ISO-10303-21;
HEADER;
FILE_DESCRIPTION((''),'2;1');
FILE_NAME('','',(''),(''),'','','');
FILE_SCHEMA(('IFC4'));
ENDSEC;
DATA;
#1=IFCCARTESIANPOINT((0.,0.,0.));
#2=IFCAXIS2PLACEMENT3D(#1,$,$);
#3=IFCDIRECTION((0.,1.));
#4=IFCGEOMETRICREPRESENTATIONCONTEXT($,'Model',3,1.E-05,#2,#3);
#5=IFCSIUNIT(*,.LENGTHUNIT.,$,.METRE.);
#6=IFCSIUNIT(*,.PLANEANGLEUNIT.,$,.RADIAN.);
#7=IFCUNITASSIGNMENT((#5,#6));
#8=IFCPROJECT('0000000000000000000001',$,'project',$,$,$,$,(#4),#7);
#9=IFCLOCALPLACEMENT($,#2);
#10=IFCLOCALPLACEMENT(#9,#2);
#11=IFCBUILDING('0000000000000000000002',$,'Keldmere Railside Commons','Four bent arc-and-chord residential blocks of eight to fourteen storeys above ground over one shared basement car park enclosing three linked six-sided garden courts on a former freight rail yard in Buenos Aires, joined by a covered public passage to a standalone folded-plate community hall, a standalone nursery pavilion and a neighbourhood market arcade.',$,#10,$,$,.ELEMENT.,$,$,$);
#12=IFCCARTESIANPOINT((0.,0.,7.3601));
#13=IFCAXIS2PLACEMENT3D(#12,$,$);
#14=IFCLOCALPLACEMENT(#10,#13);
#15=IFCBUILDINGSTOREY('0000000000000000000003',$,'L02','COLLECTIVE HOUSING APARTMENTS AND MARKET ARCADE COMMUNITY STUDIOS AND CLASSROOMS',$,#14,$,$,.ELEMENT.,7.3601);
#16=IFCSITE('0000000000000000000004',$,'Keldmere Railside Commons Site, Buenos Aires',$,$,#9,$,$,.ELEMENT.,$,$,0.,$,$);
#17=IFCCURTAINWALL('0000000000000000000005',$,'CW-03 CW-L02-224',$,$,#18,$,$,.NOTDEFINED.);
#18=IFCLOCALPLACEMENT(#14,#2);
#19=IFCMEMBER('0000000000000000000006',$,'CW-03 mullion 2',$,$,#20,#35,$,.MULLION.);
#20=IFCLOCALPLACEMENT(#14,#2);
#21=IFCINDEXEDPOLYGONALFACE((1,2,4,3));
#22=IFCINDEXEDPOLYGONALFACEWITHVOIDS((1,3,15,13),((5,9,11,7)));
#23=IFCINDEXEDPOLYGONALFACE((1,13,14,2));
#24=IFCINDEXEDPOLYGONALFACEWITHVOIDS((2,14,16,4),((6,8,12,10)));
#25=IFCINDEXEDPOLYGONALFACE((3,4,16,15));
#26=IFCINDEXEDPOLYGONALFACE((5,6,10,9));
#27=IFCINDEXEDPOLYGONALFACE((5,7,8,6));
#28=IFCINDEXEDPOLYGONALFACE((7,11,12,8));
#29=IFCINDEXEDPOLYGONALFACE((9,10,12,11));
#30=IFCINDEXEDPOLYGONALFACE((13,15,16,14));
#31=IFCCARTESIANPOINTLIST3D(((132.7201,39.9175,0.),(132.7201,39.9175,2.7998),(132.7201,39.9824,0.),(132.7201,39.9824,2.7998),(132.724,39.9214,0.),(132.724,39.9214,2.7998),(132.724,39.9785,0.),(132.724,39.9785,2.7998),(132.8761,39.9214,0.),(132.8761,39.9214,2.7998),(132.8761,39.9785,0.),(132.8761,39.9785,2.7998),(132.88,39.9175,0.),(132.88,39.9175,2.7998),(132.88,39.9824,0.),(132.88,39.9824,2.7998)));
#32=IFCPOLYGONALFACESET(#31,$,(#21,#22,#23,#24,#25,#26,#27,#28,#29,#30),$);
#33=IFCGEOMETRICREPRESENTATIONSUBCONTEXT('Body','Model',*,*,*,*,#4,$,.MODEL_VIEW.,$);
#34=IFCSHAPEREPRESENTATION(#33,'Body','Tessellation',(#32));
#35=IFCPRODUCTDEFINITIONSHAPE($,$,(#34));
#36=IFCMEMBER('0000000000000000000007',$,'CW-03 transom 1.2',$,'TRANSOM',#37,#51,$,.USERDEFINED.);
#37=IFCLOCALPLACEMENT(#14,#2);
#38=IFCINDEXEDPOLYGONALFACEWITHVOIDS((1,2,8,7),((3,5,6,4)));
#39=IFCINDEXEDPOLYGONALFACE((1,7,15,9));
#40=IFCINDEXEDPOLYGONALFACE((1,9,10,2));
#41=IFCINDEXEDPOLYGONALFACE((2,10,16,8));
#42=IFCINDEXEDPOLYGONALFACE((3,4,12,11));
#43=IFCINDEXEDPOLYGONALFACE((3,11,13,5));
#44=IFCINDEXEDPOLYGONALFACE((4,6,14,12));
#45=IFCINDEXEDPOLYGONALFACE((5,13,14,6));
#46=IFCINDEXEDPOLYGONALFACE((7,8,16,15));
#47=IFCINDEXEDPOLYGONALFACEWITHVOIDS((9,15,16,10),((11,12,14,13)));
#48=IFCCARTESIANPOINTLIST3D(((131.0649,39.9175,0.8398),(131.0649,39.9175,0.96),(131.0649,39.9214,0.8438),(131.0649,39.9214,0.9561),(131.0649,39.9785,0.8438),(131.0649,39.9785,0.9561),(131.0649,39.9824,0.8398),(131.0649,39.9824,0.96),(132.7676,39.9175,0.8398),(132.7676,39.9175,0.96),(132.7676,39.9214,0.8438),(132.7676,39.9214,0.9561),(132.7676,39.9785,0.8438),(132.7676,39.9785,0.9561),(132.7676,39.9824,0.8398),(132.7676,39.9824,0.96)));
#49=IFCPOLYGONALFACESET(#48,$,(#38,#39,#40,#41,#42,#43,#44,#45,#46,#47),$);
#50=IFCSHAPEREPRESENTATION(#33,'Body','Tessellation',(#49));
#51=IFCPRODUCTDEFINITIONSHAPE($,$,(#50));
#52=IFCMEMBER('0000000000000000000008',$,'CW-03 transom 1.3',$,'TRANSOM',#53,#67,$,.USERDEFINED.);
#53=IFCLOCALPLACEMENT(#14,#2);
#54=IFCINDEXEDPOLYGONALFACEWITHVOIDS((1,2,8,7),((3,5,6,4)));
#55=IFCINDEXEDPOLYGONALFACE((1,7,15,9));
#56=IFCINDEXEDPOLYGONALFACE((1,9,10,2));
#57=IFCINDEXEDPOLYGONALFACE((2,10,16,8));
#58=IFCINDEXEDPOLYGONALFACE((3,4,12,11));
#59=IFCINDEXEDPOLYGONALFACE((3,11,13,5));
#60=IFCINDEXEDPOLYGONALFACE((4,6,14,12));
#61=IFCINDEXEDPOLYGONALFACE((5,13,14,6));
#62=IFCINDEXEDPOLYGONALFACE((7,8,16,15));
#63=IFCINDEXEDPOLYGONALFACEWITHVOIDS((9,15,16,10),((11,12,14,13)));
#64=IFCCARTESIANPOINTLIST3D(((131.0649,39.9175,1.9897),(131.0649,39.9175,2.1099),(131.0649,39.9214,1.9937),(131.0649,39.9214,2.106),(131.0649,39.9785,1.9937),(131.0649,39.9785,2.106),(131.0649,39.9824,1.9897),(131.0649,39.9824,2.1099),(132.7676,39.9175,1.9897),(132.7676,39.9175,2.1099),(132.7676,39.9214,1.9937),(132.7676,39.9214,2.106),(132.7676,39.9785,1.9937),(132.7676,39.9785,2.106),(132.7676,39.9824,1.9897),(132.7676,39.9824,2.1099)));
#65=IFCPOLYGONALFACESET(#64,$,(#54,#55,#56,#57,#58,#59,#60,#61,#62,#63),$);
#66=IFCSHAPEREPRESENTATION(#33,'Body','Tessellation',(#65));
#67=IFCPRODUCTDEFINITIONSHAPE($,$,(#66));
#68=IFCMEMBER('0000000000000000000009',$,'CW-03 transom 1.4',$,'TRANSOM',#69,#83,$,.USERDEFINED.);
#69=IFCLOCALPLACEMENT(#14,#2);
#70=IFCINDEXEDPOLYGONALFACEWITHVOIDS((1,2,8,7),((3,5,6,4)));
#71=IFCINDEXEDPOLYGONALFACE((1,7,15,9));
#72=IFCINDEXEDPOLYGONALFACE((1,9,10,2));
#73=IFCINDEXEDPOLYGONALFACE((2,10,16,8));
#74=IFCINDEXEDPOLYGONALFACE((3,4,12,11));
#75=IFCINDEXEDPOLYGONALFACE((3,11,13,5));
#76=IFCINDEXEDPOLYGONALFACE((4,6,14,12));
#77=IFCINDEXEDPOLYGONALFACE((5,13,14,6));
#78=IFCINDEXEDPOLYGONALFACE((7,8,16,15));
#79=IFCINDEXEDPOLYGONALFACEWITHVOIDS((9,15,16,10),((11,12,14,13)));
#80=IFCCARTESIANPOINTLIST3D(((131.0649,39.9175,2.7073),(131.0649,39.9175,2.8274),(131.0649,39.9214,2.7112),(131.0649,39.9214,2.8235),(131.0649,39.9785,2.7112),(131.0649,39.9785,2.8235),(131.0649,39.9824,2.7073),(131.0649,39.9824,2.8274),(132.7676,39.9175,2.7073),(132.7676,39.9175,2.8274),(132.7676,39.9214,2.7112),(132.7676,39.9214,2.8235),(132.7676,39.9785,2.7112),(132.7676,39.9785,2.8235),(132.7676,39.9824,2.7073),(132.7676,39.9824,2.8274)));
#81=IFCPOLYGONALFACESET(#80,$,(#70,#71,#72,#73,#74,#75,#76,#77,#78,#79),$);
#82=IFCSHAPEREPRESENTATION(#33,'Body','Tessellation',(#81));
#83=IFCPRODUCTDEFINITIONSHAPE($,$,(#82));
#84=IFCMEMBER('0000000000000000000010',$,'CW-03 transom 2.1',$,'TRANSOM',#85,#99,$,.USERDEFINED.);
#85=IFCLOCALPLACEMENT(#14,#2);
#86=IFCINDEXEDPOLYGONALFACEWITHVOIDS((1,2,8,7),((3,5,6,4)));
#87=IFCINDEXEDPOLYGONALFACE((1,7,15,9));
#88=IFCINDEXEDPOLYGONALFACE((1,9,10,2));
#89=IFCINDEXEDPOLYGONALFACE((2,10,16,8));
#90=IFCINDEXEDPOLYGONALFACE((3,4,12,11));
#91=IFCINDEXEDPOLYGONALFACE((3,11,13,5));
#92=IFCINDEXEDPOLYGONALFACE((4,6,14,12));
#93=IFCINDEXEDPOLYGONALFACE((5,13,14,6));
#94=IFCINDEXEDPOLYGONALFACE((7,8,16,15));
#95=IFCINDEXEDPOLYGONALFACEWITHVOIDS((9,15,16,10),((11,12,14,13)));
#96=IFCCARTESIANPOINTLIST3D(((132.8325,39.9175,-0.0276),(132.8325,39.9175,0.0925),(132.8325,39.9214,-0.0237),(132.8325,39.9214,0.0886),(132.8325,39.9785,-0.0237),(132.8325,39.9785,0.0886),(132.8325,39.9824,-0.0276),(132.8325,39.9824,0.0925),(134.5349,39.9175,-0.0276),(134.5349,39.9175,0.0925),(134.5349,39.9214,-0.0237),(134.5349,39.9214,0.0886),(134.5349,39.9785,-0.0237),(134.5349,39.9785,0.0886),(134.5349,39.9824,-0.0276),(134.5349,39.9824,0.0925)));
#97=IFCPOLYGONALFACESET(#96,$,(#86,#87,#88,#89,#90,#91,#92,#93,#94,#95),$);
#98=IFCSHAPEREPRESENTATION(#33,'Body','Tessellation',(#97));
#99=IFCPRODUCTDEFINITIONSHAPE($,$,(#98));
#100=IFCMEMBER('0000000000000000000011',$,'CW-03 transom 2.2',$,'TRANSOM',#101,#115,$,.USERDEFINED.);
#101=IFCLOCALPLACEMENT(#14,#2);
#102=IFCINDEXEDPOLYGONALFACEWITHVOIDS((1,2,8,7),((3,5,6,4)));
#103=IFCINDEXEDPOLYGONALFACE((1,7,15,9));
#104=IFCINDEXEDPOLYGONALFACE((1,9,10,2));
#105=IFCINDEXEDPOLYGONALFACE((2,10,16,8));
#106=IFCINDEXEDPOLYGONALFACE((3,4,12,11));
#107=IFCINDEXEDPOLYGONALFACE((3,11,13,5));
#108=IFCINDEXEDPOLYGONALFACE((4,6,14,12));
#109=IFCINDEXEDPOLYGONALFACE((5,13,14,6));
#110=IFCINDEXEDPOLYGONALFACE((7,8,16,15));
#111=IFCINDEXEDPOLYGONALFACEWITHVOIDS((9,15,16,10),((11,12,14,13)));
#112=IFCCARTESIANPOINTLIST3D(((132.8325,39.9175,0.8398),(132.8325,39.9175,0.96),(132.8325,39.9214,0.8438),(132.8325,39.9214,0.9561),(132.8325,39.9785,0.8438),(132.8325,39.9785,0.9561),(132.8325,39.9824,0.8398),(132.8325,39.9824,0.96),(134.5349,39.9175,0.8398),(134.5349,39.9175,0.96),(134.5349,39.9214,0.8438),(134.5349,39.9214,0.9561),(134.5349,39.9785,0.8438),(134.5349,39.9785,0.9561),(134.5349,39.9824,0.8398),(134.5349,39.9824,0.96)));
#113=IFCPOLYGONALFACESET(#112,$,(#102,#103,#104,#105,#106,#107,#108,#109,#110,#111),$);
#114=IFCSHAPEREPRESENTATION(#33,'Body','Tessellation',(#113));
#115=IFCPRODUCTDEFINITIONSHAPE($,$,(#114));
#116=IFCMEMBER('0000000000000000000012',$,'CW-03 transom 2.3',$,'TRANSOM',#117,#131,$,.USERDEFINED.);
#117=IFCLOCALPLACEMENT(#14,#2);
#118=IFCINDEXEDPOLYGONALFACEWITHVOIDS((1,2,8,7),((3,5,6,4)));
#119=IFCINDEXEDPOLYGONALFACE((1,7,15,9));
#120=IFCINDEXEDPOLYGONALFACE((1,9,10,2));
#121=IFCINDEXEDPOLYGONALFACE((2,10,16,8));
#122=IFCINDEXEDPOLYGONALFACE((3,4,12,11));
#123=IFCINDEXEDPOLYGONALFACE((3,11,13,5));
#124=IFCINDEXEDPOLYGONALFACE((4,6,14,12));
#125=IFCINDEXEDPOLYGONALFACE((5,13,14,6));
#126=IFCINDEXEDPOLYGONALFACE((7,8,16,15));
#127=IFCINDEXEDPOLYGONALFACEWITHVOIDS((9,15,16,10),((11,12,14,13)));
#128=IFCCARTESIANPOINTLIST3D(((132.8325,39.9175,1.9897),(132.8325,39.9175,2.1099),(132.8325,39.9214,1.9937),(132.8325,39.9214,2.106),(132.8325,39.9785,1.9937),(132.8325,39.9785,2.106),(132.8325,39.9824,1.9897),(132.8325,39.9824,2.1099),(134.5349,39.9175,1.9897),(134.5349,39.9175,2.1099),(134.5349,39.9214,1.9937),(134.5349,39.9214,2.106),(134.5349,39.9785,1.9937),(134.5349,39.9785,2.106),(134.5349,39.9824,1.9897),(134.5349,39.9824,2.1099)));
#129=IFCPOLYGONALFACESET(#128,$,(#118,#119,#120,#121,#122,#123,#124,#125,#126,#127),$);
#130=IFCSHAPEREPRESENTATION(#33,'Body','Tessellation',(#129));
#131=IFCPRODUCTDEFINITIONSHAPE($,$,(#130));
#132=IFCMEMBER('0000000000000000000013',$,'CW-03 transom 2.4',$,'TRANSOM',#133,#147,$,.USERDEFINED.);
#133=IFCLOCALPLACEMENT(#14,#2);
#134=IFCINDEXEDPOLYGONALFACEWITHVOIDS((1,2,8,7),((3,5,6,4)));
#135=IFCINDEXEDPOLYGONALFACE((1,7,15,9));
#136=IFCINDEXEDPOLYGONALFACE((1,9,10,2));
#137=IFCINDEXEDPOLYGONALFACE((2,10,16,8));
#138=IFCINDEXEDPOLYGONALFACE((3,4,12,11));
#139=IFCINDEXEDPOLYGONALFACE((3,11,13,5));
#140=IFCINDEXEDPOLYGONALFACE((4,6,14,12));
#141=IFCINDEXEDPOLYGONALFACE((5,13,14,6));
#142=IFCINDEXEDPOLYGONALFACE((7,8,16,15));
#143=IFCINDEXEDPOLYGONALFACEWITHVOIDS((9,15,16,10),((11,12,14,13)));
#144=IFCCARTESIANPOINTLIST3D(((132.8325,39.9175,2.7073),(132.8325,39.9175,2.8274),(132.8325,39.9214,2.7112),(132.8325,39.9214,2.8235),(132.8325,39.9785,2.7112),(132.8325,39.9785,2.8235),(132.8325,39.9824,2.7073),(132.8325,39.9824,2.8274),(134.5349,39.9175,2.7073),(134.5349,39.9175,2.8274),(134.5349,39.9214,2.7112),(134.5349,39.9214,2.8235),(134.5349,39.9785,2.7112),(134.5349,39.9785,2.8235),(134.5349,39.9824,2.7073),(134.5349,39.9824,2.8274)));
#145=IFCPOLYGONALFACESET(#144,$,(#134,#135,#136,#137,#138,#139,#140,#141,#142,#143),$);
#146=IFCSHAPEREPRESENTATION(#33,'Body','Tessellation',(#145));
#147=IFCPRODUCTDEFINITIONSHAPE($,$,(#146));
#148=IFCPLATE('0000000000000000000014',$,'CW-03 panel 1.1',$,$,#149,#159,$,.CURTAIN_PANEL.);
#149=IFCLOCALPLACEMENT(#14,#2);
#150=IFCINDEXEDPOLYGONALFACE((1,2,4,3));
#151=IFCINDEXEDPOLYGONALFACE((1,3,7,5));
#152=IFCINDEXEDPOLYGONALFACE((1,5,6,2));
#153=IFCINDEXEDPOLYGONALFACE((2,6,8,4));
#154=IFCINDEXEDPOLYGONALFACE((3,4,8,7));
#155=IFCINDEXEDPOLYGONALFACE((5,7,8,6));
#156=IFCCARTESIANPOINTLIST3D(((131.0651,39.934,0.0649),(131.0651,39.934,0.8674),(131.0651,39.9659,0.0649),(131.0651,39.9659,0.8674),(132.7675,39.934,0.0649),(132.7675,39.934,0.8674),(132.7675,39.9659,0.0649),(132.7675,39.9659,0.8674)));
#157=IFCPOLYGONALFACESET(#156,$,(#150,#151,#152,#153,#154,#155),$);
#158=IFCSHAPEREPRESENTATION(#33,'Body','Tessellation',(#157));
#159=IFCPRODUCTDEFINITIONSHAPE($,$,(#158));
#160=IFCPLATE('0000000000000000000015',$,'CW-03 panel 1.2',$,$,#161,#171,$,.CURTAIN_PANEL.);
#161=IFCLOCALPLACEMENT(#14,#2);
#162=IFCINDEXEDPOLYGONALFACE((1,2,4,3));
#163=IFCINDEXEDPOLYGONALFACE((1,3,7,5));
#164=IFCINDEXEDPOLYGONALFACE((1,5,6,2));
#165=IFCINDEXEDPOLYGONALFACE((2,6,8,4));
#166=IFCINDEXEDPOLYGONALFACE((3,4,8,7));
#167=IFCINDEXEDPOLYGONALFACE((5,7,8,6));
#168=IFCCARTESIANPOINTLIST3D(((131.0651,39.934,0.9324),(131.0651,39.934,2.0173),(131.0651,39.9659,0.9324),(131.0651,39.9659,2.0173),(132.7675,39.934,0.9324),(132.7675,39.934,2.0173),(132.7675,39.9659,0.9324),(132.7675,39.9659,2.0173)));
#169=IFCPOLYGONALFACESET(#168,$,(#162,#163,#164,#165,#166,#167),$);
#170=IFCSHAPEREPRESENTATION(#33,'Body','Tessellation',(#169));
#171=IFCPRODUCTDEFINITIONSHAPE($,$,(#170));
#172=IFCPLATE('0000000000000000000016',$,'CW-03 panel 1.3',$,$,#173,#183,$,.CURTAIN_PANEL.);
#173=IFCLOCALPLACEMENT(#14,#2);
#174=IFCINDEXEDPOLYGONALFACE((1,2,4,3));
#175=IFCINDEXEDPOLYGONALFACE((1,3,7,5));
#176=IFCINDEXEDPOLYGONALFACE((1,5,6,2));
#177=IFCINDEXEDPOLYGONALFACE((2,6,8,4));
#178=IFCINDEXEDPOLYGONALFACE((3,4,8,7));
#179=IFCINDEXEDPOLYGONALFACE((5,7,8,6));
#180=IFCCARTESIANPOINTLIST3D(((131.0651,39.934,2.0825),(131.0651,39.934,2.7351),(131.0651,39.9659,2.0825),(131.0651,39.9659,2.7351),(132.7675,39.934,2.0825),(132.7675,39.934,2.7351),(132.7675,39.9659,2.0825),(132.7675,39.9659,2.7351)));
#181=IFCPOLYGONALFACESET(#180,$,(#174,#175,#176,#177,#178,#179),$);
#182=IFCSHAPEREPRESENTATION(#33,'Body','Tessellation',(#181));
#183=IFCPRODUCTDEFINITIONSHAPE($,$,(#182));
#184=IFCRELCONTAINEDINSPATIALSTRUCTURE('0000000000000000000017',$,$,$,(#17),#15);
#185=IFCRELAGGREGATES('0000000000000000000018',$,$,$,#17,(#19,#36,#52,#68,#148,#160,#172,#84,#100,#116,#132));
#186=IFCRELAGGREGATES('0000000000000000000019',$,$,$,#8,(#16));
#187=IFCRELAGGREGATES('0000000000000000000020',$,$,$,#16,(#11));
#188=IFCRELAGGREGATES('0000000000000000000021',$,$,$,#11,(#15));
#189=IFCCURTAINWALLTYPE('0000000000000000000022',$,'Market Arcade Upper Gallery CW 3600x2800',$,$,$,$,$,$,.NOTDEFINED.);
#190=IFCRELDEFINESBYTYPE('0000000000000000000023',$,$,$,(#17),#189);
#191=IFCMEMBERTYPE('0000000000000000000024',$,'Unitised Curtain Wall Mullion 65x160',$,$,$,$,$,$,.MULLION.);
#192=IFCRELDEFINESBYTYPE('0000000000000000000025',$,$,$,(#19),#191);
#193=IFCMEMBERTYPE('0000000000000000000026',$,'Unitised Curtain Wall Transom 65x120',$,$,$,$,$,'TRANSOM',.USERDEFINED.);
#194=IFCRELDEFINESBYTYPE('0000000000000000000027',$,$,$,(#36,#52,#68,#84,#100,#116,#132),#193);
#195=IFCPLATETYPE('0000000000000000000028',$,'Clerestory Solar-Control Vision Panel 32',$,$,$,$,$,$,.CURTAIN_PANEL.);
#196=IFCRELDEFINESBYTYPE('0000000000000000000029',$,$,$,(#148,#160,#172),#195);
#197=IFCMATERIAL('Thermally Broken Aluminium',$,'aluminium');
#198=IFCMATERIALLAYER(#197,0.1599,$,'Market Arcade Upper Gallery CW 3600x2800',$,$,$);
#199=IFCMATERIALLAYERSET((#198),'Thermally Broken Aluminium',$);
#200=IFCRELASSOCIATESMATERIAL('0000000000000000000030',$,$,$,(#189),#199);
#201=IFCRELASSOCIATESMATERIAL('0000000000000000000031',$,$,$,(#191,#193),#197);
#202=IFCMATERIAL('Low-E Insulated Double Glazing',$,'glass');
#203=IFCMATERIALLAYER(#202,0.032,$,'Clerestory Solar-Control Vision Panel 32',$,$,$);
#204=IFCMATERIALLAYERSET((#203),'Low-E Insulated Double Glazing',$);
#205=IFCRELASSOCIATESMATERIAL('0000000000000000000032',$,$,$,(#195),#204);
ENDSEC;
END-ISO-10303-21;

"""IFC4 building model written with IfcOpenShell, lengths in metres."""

from ifc_helpers import new_model, si_unit, direction, frame, origin, origin_2d, place, context, subcontext, project, spatial, rectangle, hollow_rectangle, extrude, material, layer, layer_set, material_profile, profile_set, type_object, element, aggregate, save


model = new_model("IFC4")

# Units and contexts
model_context = context("Model", 3, precision=1e-05, world=origin(), true_north=direction((0.0, 1.0)))
body_context = subcontext(model_context, "Body", "Model", "MODEL_VIEW")
ifc_project = project(units=[si_unit("LENGTHUNIT", "METRE"), si_unit("PLANEANGLEUNIT", "RADIAN")], contexts=[model_context])

# Site, building, storey
site_placement = place(None, origin())
site = spatial("IfcSite", under=ifc_project, at=site_placement, Name="Keldmere Railside Commons Site, Buenos Aires", CompositionType="ELEMENT", RefElevation=0.0)
building_placement = place(site_placement, origin())
building = spatial("IfcBuilding", under=site, at=building_placement, Name="Keldmere Railside Commons", Description="Four bent arc-and-chord residential blocks of eight to fourteen storeys above ground over one shared basement car park enclosing three linked six-sided garden courts on a former freight rail yard in Buenos Aires, joined by a covered public passage to a standalone folded-plate community hall, a standalone nursery pavilion and a neighbourhood market arcade.", CompositionType="ELEMENT")
storey_placement = place(building_placement, frame((0.0, 0.0, 7.3601)))
storey = spatial("IfcBuildingStorey", under=building, at=storey_placement, Name="L02", Description="COLLECTIVE HOUSING APARTMENTS AND MARKET ARCADE COMMUNITY STUDIOS AND CLASSROOMS", CompositionType="ELEMENT", Elevation=7.3601)

# Curtain wall, members, plates
ifc_material_1 = material(Name="Thermally Broken Aluminium", Category="aluminium")
ifc_layer_1 = layer(ifc_material_1, 0.1599, Name="Market Arcade Upper Gallery CW 3600x2800")
ifc_layer_set_1 = layer_set([ifc_layer_1], Name="Thermally Broken Aluminium")
curtain_wall_type = type_object("IfcCurtainWallType", Name="Market Arcade Upper Gallery CW 3600x2800", PredefinedType="NOTDEFINED", material=ifc_layer_set_1)
curtain_wall_placement = place(storey_placement, origin())
curtain_wall = element("IfcCurtainWall", 1, at=curtain_wall_placement, inside=storey, type_object=curtain_wall_type, Name="CW-03 CW-L02-224", PredefinedType="NOTDEFINED")
ifc_material_profile_1 = material_profile(ifc_material_1, hollow_rectangle(XDim=0.0649, YDim=0.1599, WallThickness=0.0039, at=origin_2d()), Name="ALU-MULL-65x160")
ifc_profile_set_1 = profile_set([ifc_material_profile_1], Name="Thermally Broken Aluminium")
member_type_1 = type_object("IfcMemberType", Name="Unitised Curtain Wall Mullion 65x160", PredefinedType="MULLION", material=ifc_profile_set_1)
member_1_placement = place(storey_placement, frame((132.8, 39.95, 0.0), z_axis=(0.0, 0.0, 1.0), x_axis=(0.0, 1.0, 0.0)))
member_1 = element("IfcMember", 2, at=member_1_placement, type_object=member_type_1, Name="CW-03 mullion 2", PredefinedType="MULLION", context=body_context, shape_type="SweptSolid", body=[
    extrude(hollow_rectangle(XDim=0.0649, YDim=0.1599, WallThickness=0.0039, at=origin_2d()), origin(), (0.0, 0.0, 1.0), 2.7998),
])
ifc_material_profile_2 = material_profile(ifc_material_1, hollow_rectangle(XDim=0.0649, YDim=0.1201, WallThickness=0.0039, at=origin_2d()), Name="ALU-TRAN-65x120")
ifc_profile_set_2 = profile_set([ifc_material_profile_2], Name="Thermally Broken Aluminium")
member_type_2 = type_object("IfcMemberType", Name="Unitised Curtain Wall Transom 65x120", ElementType="TRANSOM", PredefinedType="USERDEFINED", material=ifc_profile_set_2)
member_2_placement = place(storey_placement, frame((131.0649, 39.95, 0.8999), z_axis=(1.0, 0.0, 0.0), x_axis=(0.0, 1.0, 0.0)))
member_2 = element("IfcMember", 3, at=member_2_placement, type_object=member_type_2, Name="CW-03 transom 1.2", ObjectType="TRANSOM", PredefinedType="USERDEFINED", context=body_context, shape_type="SweptSolid", body=[
    extrude(hollow_rectangle(XDim=0.0649, YDim=0.1201, WallThickness=0.0039, at=origin_2d()), origin(), (0.0, 0.0, 1.0), 1.7026),
])
member_3_placement = place(storey_placement, frame((131.0649, 39.95, 2.0498), z_axis=(1.0, 0.0, 0.0), x_axis=(0.0, 1.0, 0.0)))
member_3 = element("IfcMember", 4, at=member_3_placement, type_object=member_type_2, Name="CW-03 transom 1.3", ObjectType="TRANSOM", PredefinedType="USERDEFINED", context=body_context, shape_type="SweptSolid", body=[
    extrude(hollow_rectangle(XDim=0.0649, YDim=0.1201, WallThickness=0.0039, at=origin_2d()), origin(), (0.0, 0.0, 1.0), 1.7026),
])
member_4_placement = place(storey_placement, frame((131.0649, 39.95, 2.7673), z_axis=(1.0, 0.0, 0.0), x_axis=(0.0, 1.0, 0.0)))
member_4 = element("IfcMember", 5, at=member_4_placement, type_object=member_type_2, Name="CW-03 transom 1.4", ObjectType="TRANSOM", PredefinedType="USERDEFINED", context=body_context, shape_type="SweptSolid", body=[
    extrude(hollow_rectangle(XDim=0.0649, YDim=0.1201, WallThickness=0.0039, at=origin_2d()), origin(), (0.0, 0.0, 1.0), 1.7026),
])
member_5_placement = place(storey_placement, frame((132.8325, 39.95, 0.0325), z_axis=(1.0, 0.0, 0.0), x_axis=(0.0, 1.0, 0.0)))
member_5 = element("IfcMember", 6, at=member_5_placement, type_object=member_type_2, Name="CW-03 transom 2.1", ObjectType="TRANSOM", PredefinedType="USERDEFINED", context=body_context, shape_type="SweptSolid", body=[
    extrude(hollow_rectangle(XDim=0.0649, YDim=0.1201, WallThickness=0.0039, at=origin_2d()), origin(), (0.0, 0.0, 1.0), 1.7024),
])
member_6_placement = place(storey_placement, frame((132.8325, 39.95, 0.8999), z_axis=(1.0, 0.0, 0.0), x_axis=(0.0, 1.0, 0.0)))
member_6 = element("IfcMember", 7, at=member_6_placement, type_object=member_type_2, Name="CW-03 transom 2.2", ObjectType="TRANSOM", PredefinedType="USERDEFINED", context=body_context, shape_type="SweptSolid", body=[
    extrude(hollow_rectangle(XDim=0.0649, YDim=0.1201, WallThickness=0.0039, at=origin_2d()), origin(), (0.0, 0.0, 1.0), 1.7024),
])
member_7_placement = place(storey_placement, frame((132.8325, 39.95, 2.0498), z_axis=(1.0, 0.0, 0.0), x_axis=(0.0, 1.0, 0.0)))
member_7 = element("IfcMember", 8, at=member_7_placement, type_object=member_type_2, Name="CW-03 transom 2.3", ObjectType="TRANSOM", PredefinedType="USERDEFINED", context=body_context, shape_type="SweptSolid", body=[
    extrude(hollow_rectangle(XDim=0.0649, YDim=0.1201, WallThickness=0.0039, at=origin_2d()), origin(), (0.0, 0.0, 1.0), 1.7024),
])
member_8_placement = place(storey_placement, frame((132.8325, 39.95, 2.7673), z_axis=(1.0, 0.0, 0.0), x_axis=(0.0, 1.0, 0.0)))
member_8 = element("IfcMember", 9, at=member_8_placement, type_object=member_type_2, Name="CW-03 transom 2.4", ObjectType="TRANSOM", PredefinedType="USERDEFINED", context=body_context, shape_type="SweptSolid", body=[
    extrude(hollow_rectangle(XDim=0.0649, YDim=0.1201, WallThickness=0.0039, at=origin_2d()), origin(), (0.0, 0.0, 1.0), 1.7024),
])
ifc_material_2 = material(Name="Low-E Insulated Double Glazing", Category="glass")
ifc_layer_2 = layer(ifc_material_2, 0.032, Name="Clerestory Solar-Control Vision Panel 32")
ifc_layer_set_2 = layer_set([ifc_layer_2], Name="Low-E Insulated Double Glazing")
plate_type = type_object("IfcPlateType", Name="Clerestory Solar-Control Vision Panel 32", PredefinedType="CURTAIN_PANEL", material=ifc_layer_set_2)
plate_1_placement = place(storey_placement, frame((131.9163, 39.95, 0.0649), z_axis=(0.0, 0.0, 1.0), x_axis=(1.0, 0.0, 0.0)))
plate_1 = element("IfcPlate", 10, at=plate_1_placement, type_object=plate_type, Name="CW-03 panel 1.1", PredefinedType="CURTAIN_PANEL", context=body_context, shape_type="SweptSolid", body=[
    extrude(rectangle(XDim=1.7024, YDim=0.032, at=origin_2d()), origin(), (0.0, 0.0, 1.0), 0.8025),
])
plate_2_placement = place(storey_placement, frame((131.9163, 39.95, 0.9324), z_axis=(0.0, 0.0, 1.0), x_axis=(1.0, 0.0, 0.0)))
plate_2 = element("IfcPlate", 11, at=plate_2_placement, type_object=plate_type, Name="CW-03 panel 1.2", PredefinedType="CURTAIN_PANEL", context=body_context, shape_type="SweptSolid", body=[
    extrude(rectangle(XDim=1.7024, YDim=0.032, at=origin_2d()), origin(), (0.0, 0.0, 1.0), 1.085),
])
plate_3_placement = place(storey_placement, frame((131.9163, 39.95, 2.0825), z_axis=(0.0, 0.0, 1.0), x_axis=(1.0, 0.0, 0.0)))
plate_3 = element("IfcPlate", 12, at=plate_3_placement, type_object=plate_type, Name="CW-03 panel 1.3", PredefinedType="CURTAIN_PANEL", context=body_context, shape_type="SweptSolid", body=[
    extrude(rectangle(XDim=1.7024, YDim=0.032, at=origin_2d()), origin(), (0.0, 0.0, 1.0), 0.6526),
])
aggregate(curtain_wall, [member_1, member_2, member_3, member_4, plate_1, plate_2, plate_3, member_5, member_6, member_7, member_8])

save(model, "model.ifc")
